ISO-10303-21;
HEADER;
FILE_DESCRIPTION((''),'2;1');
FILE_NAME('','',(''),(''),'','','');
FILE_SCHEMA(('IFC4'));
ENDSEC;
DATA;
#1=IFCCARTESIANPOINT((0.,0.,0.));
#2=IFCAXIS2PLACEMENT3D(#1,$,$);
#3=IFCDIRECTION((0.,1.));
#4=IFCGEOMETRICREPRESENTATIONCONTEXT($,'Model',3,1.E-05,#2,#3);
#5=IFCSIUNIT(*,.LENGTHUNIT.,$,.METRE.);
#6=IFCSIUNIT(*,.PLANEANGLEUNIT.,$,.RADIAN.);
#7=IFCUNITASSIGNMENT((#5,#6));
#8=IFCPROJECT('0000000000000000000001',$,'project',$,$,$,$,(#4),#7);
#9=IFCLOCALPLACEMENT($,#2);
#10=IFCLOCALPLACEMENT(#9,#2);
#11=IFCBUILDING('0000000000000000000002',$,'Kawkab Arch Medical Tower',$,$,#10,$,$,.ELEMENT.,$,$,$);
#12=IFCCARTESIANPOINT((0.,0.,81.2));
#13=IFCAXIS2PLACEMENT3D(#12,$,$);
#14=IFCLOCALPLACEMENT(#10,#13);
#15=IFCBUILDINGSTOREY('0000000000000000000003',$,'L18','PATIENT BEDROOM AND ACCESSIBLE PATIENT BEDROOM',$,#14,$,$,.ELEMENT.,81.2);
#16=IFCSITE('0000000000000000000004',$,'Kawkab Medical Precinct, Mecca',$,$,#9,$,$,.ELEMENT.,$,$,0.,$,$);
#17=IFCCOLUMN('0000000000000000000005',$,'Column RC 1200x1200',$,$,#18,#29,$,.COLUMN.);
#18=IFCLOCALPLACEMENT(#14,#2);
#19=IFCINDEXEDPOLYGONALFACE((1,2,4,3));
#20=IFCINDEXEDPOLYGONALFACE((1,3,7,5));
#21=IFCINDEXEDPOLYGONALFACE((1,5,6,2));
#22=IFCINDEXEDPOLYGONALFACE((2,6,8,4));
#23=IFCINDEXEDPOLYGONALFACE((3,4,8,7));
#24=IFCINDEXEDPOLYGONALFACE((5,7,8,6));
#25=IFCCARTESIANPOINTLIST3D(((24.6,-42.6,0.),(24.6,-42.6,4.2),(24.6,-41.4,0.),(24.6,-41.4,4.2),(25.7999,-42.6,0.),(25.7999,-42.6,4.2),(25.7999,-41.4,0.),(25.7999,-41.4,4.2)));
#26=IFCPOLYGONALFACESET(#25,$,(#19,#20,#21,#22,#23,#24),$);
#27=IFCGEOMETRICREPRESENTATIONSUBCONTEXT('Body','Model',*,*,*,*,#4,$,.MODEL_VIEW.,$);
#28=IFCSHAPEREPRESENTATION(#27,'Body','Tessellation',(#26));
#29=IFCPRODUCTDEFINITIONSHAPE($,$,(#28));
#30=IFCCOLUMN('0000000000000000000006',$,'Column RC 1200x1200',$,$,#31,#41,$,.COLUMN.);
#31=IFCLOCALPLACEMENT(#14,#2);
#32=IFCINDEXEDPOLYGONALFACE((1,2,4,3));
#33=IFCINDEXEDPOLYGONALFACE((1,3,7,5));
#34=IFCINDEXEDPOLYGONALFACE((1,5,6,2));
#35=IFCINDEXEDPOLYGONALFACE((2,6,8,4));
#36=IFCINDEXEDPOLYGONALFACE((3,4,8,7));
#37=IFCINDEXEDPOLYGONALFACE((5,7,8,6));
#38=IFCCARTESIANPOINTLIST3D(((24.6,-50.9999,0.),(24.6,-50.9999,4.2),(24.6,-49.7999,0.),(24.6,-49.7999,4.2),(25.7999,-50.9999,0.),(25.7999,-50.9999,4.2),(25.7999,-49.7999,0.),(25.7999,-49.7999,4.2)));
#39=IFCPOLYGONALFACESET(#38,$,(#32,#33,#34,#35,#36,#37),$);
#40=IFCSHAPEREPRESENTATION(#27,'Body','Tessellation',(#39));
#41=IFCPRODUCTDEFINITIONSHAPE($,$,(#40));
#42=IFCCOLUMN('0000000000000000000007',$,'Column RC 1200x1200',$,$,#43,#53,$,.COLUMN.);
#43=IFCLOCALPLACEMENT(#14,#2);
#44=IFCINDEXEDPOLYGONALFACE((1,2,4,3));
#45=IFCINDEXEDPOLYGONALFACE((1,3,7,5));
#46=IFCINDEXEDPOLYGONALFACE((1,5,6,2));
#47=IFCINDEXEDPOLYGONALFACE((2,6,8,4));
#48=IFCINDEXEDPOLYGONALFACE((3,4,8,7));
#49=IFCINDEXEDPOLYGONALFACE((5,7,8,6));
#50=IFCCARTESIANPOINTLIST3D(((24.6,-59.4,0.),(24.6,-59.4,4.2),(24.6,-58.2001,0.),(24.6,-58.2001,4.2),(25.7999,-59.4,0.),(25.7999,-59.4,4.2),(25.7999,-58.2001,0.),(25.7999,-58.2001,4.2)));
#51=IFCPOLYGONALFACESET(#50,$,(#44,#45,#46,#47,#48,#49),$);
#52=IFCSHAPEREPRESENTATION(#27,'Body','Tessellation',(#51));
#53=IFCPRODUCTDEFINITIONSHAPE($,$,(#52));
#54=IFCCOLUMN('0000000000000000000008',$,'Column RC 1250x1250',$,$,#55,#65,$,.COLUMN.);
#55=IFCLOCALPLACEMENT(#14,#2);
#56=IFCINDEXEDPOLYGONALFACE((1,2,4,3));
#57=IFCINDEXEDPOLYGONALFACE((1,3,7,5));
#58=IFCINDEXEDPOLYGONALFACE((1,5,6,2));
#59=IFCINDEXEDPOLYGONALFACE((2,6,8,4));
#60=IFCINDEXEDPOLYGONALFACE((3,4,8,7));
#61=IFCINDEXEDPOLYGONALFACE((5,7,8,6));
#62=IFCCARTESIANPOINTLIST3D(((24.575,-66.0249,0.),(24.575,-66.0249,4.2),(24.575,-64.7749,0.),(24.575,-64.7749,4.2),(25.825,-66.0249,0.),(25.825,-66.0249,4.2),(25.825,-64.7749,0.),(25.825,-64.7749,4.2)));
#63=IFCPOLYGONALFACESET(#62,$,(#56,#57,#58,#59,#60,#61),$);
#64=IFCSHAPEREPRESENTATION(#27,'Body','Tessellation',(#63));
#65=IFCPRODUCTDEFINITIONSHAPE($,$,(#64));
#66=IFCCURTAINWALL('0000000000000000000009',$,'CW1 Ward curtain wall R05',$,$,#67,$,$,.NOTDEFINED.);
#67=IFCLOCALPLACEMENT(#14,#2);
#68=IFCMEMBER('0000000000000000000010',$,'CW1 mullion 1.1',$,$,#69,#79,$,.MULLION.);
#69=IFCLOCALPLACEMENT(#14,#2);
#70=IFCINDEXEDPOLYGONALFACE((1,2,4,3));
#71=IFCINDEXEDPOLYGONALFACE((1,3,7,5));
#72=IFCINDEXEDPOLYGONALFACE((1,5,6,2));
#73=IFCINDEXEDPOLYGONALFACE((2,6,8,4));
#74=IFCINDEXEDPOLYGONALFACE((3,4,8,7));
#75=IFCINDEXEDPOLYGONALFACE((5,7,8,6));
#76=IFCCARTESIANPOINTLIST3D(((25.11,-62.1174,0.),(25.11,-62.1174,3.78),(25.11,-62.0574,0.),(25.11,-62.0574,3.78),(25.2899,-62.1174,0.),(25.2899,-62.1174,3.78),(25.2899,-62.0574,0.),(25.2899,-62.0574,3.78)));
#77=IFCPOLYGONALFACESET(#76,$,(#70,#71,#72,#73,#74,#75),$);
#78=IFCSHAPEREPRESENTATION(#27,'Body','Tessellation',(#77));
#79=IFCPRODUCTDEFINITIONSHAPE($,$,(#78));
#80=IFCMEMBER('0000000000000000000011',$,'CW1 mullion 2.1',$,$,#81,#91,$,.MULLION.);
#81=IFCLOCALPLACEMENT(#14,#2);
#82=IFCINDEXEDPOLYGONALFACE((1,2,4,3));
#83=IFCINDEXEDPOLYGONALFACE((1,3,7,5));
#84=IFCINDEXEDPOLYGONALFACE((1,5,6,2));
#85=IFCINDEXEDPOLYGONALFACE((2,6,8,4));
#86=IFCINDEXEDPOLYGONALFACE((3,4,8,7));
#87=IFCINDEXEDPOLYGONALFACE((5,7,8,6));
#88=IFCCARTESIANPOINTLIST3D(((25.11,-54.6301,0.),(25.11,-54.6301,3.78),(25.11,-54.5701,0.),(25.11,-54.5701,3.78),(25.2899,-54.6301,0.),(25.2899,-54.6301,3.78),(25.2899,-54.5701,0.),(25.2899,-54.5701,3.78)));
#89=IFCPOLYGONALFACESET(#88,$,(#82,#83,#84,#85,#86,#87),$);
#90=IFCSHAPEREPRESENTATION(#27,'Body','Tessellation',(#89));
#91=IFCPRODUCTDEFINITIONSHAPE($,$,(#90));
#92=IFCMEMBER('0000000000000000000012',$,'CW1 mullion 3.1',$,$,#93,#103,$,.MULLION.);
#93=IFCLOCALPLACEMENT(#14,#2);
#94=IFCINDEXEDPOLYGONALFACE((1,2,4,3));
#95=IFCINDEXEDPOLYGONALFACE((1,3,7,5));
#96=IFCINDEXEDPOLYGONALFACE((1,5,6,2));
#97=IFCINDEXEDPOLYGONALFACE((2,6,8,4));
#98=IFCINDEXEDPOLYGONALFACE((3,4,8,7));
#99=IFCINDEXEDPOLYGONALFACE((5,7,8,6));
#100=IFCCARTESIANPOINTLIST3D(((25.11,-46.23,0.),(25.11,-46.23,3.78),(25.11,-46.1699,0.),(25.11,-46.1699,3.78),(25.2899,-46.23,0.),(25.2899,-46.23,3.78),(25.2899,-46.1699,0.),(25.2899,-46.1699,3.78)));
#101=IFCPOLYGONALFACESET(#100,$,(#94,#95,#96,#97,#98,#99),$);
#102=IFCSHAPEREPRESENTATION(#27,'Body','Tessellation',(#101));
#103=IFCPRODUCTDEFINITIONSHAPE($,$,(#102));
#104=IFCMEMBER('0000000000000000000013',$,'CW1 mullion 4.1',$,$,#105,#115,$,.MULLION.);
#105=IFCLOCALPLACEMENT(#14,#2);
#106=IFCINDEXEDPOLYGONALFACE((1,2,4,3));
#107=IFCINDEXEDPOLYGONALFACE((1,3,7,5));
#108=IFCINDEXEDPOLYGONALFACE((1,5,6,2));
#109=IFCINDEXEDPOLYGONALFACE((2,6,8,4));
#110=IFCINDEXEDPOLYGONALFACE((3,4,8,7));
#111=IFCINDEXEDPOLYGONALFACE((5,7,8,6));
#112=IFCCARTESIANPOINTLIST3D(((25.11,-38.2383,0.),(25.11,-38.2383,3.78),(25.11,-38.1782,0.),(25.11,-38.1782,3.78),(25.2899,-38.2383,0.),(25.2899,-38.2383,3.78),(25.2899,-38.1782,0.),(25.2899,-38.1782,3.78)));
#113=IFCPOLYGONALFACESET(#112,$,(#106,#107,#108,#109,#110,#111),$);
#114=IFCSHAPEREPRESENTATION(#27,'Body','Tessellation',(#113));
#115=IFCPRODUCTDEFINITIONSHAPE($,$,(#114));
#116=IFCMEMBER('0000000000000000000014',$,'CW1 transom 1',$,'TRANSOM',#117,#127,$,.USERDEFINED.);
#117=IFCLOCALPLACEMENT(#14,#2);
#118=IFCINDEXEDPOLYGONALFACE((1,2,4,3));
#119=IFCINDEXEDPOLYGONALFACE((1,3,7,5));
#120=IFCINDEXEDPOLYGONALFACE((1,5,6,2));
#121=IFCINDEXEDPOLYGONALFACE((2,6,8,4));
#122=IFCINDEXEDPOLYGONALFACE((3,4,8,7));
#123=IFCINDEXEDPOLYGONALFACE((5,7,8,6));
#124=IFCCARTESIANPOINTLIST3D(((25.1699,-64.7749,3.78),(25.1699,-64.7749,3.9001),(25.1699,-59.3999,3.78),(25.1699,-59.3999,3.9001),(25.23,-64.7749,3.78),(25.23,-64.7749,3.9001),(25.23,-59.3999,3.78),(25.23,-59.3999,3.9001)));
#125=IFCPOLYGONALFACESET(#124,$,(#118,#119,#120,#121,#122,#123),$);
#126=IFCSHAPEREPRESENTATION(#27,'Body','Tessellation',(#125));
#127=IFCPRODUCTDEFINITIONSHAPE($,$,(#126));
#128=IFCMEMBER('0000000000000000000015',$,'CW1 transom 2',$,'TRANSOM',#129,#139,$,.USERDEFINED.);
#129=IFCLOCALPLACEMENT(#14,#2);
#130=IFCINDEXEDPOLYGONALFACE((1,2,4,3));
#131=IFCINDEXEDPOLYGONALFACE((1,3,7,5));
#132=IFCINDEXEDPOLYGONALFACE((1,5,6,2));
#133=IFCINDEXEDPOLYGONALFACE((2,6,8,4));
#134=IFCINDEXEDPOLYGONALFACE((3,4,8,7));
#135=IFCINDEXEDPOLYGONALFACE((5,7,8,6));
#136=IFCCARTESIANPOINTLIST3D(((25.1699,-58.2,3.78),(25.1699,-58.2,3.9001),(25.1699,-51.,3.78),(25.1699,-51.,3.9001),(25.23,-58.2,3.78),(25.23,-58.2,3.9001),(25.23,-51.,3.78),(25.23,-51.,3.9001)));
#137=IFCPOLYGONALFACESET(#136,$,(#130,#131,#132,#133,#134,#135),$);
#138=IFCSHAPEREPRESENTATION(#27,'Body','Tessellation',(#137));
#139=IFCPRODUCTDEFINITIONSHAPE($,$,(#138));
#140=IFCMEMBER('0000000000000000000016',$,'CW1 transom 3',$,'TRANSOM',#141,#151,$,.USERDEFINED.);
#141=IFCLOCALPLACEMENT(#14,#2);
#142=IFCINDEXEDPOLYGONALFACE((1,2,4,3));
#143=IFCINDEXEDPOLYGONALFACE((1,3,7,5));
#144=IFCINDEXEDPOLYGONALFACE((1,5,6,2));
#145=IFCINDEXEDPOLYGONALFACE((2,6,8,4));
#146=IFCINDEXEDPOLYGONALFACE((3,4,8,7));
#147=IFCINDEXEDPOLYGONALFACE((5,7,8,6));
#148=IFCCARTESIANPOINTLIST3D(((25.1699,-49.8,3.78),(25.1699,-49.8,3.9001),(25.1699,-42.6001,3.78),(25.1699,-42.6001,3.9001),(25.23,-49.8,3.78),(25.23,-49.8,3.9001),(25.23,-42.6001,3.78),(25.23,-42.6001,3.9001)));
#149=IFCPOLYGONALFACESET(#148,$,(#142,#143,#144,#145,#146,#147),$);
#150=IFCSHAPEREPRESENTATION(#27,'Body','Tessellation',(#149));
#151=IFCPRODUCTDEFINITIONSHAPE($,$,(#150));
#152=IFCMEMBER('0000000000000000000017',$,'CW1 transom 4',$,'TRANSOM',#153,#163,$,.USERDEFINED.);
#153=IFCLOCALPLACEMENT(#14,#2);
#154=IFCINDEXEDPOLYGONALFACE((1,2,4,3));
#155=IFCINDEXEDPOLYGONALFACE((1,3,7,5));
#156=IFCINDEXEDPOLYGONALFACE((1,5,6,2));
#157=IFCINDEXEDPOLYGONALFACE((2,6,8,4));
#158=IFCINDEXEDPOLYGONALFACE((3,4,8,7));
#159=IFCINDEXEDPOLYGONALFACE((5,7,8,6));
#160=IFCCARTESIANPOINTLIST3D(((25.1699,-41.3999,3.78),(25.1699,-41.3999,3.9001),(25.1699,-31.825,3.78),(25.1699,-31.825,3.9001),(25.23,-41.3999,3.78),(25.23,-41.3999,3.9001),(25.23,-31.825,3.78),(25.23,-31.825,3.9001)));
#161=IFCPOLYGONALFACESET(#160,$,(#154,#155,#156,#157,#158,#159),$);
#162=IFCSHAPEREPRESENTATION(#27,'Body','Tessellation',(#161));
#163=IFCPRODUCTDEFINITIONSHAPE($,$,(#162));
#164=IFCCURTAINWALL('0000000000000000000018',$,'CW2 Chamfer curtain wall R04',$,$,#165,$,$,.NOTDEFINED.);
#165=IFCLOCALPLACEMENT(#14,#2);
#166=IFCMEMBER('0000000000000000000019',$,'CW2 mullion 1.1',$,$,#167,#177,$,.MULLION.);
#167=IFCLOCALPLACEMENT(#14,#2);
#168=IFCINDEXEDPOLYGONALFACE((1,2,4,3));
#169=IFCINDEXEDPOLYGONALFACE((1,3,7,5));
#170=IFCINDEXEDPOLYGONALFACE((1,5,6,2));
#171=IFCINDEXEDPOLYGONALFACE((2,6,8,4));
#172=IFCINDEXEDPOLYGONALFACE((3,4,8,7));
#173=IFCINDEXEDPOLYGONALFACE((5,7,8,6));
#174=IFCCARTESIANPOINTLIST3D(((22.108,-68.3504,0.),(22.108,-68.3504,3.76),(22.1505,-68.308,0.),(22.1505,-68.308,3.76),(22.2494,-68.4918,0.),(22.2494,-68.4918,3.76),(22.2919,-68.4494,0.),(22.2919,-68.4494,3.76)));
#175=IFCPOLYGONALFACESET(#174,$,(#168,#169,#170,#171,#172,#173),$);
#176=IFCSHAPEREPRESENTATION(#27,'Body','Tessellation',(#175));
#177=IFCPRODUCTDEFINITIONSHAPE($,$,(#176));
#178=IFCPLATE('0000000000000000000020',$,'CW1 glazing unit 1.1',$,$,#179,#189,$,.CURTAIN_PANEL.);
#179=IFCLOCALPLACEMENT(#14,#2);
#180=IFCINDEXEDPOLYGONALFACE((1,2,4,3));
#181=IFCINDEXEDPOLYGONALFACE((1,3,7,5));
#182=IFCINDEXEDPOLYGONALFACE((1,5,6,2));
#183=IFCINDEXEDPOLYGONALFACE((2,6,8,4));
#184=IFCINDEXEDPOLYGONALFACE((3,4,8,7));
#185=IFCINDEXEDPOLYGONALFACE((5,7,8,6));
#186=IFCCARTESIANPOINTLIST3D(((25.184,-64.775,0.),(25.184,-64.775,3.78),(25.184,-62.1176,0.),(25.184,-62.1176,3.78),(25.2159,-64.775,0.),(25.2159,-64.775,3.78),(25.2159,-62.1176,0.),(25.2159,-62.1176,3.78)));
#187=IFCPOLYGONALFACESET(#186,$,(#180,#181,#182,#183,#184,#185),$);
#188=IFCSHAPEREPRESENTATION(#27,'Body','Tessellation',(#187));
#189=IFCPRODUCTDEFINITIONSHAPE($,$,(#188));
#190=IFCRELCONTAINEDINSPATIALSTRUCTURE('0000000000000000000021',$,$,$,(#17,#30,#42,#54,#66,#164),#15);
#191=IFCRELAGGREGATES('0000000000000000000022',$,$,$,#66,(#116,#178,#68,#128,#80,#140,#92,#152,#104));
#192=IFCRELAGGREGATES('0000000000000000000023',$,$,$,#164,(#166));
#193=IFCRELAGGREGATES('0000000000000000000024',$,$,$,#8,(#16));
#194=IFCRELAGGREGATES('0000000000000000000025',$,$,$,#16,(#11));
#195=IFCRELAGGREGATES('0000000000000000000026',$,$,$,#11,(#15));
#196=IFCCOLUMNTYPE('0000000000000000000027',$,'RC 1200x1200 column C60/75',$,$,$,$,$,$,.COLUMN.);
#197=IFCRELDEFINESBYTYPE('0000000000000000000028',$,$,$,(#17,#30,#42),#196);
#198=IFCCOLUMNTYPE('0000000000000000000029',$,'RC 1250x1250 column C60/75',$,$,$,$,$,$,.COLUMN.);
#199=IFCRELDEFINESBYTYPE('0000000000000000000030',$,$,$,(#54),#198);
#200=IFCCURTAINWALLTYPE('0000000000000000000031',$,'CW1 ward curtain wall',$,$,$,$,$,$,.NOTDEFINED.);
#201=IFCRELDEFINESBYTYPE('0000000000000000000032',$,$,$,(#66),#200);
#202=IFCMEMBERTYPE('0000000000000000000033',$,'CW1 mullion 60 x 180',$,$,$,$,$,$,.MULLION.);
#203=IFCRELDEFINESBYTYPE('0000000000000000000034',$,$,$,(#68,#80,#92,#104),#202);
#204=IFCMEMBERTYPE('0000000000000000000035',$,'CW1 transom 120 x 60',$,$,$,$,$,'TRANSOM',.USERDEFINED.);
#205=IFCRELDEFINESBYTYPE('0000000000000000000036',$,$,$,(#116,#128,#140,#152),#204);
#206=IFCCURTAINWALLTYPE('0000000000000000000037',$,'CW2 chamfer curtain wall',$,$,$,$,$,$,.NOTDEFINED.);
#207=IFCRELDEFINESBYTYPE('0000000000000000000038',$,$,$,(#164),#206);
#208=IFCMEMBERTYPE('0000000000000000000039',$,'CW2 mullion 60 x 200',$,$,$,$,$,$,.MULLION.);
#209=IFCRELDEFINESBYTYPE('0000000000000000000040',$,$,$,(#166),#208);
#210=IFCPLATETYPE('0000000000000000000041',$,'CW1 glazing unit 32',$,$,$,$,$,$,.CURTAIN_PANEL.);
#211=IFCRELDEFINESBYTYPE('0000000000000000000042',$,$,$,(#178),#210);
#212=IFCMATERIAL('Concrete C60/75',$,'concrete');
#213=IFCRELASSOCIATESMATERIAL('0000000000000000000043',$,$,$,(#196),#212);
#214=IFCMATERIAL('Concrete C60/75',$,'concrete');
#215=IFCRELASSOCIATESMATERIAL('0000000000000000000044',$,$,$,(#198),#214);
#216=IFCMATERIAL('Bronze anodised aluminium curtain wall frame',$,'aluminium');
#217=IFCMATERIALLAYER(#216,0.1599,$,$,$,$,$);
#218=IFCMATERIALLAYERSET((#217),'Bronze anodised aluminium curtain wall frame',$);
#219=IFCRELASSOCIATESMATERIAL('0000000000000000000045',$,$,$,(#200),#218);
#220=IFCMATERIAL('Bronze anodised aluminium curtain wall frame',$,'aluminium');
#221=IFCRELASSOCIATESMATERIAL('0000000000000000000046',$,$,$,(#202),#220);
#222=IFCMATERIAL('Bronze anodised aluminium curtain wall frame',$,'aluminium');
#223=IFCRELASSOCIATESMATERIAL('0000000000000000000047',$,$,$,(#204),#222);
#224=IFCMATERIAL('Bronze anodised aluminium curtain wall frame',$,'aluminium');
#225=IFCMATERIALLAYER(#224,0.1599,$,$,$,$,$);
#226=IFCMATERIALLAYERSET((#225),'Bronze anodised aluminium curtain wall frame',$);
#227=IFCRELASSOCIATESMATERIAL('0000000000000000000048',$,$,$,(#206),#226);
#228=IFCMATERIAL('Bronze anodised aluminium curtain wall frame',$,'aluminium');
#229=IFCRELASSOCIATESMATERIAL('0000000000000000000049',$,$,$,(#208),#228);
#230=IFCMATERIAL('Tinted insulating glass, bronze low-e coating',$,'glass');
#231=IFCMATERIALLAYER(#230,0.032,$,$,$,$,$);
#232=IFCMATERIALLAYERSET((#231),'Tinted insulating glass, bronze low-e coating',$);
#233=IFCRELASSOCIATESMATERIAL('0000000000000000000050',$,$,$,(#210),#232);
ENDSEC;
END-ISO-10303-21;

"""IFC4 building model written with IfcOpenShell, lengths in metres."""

from ifc_helpers import new_model, si_unit, direction, frame, origin, origin_2d, place, context, subcontext, project, spatial, rectangle, extrude, material, layer, layer_set, material_profile, profile_set, type_object, element, aggregate, save


model = new_model("IFC4")

# Units and contexts
model_context = context("Model", 3, precision=1e-05, world=origin(), true_north=direction((0.0, 1.0)))
body_context = subcontext(model_context, "Body", "Model", "MODEL_VIEW")
ifc_project = project(units=[si_unit("LENGTHUNIT", "METRE"), si_unit("PLANEANGLEUNIT", "RADIAN")], contexts=[model_context])

# Site, building, storey
site_placement = place(None, origin())
site = spatial("IfcSite", under=ifc_project, at=site_placement, Name="Kawkab Medical Precinct, Mecca", CompositionType="ELEMENT", RefElevation=0.0)
building_placement = place(site_placement, origin())
building = spatial("IfcBuilding", under=site, at=building_placement, Name="Kawkab Arch Medical Tower", CompositionType="ELEMENT")
storey_placement = place(building_placement, frame((0.0, 0.0, 81.2)))
storey = spatial("IfcBuildingStorey", under=building, at=storey_placement, Name="L18", Description="PATIENT BEDROOM AND ACCESSIBLE PATIENT BEDROOM", CompositionType="ELEMENT", Elevation=81.2)

# Columns
ifc_material_1 = material(Name="Concrete C60/75", Category="concrete")
ifc_material_profile_1 = material_profile(ifc_material_1, rectangle(XDim=1.2, YDim=1.2, at=origin_2d()), Name="RC 1200x1200")
ifc_profile_set_1 = profile_set([ifc_material_profile_1], Name="Concrete C60/75")
column_type_1 = type_object("IfcColumnType", Name="RC 1200x1200 column C60/75", PredefinedType="COLUMN", material=ifc_profile_set_1)
for number, where, z_axis, x_axis, name in (
    (1, (25.2, -42.0, 0.0), (0.0, 0.0, 1.0), (1.0, 0.0, 0.0), "Column RC 1200x1200"),
    (2, (25.2, -50.3999, 0.0), (0.0, 0.0, 1.0), (1.0, 0.0, 0.0), "Column RC 1200x1200"),
    (3, (25.2, -58.8, 0.0), (0.0, 0.0, 1.0), (1.0, 0.0, 0.0), "Column RC 1200x1200"),
):
    element("IfcColumn", number, at=place(storey_placement, frame(where, z_axis=z_axis, x_axis=x_axis)), inside=storey, type_object=column_type_1, Name=name, PredefinedType="COLUMN", context=body_context, shape_type="SweptSolid", body=[
        extrude(rectangle(XDim=1.2, YDim=1.2, at=origin_2d()), origin(), (0.0, 0.0, 1.0), 4.2),
    ])
ifc_material_2 = material(Name="Concrete C60/75", Category="concrete")
ifc_material_profile_2 = material_profile(ifc_material_2, rectangle(XDim=1.25, YDim=1.25, at=origin_2d()), Name="RC 1250x1250")
ifc_profile_set_2 = profile_set([ifc_material_profile_2], Name="Concrete C60/75")
column_type_2 = type_object("IfcColumnType", Name="RC 1250x1250 column C60/75", PredefinedType="COLUMN", material=ifc_profile_set_2)
column_placement = place(storey_placement, frame((25.2, -65.3999, 0.0), z_axis=(0.0, 0.0, 1.0), x_axis=(1.0, 0.0, 0.0)))
element("IfcColumn", 4, at=column_placement, inside=storey, type_object=column_type_2, Name="Column RC 1250x1250", PredefinedType="COLUMN", context=body_context, shape_type="SweptSolid", body=[
    extrude(rectangle(XDim=1.25, YDim=1.25, at=origin_2d()), origin(), (0.0, 0.0, 1.0), 4.2),
])

# Curtain wall, members
ifc_material_3 = material(Name="Bronze anodised aluminium curtain wall frame", Category="aluminium")
ifc_layer_1 = layer(ifc_material_3, 0.1599)
ifc_layer_set_1 = layer_set([ifc_layer_1], Name="Bronze anodised aluminium curtain wall frame")
curtain_wall_type_1 = type_object("IfcCurtainWallType", Name="CW1 ward curtain wall", PredefinedType="NOTDEFINED", material=ifc_layer_set_1)
placement = place(storey_placement, origin())
curtain_wall_1 = element("IfcCurtainWall", 5, at=placement, inside=storey, type_object=curtain_wall_type_1, Name="CW1 Ward curtain wall R05", PredefinedType="NOTDEFINED")
ifc_material_4 = material(Name="Bronze anodised aluminium curtain wall frame", Category="aluminium")
ifc_material_profile_3 = material_profile(ifc_material_4, rectangle(XDim=0.1799, YDim=0.0601, at=origin_2d()), Name="AL 60x180")
ifc_profile_set_3 = profile_set([ifc_material_profile_3], Name="Bronze anodised aluminium curtain wall frame")
member_type_1 = type_object("IfcMemberType", Name="CW1 mullion 60 x 180", PredefinedType="MULLION", material=ifc_profile_set_3)
member_1_placement = place(storey_placement, frame((25.2, -62.0874, 0.0), z_axis=(0.0, 0.0, 1.0), x_axis=(-1.0, 0.0, 0.0)))
member_1 = element("IfcMember", 6, at=member_1_placement, type_object=member_type_1, Name="CW1 mullion 1.1", PredefinedType="MULLION", context=body_context, shape_type="SweptSolid", body=[
    extrude(rectangle(XDim=0.1799, YDim=0.0601, at=origin_2d()), origin(), (0.0, 0.0, 1.0), 3.78),
])
member_2_placement = place(storey_placement, frame((25.2, -54.6001, 0.0), z_axis=(0.0, 0.0, 1.0), x_axis=(-1.0, 0.0, 0.0)))
member_2 = element("IfcMember", 7, at=member_2_placement, type_object=member_type_1, Name="CW1 mullion 2.1", PredefinedType="MULLION", context=body_context, shape_type="SweptSolid", body=[
    extrude(rectangle(XDim=0.1799, YDim=0.0601, at=origin_2d()), origin(), (0.0, 0.0, 1.0), 3.78),
])
member_3_placement = place(storey_placement, frame((25.2, -46.2, 0.0), z_axis=(0.0, 0.0, 1.0), x_axis=(-1.0, 0.0, 0.0)))
member_3 = element("IfcMember", 8, at=member_3_placement, type_object=member_type_1, Name="CW1 mullion 3.1", PredefinedType="MULLION", context=body_context, shape_type="SweptSolid", body=[
    extrude(rectangle(XDim=0.1799, YDim=0.0601, at=origin_2d()), origin(), (0.0, 0.0, 1.0), 3.78),
])
member_4_placement = place(storey_placement, frame((25.2, -38.2083, 0.0), z_axis=(0.0, 0.0, 1.0), x_axis=(-1.0, 0.0, 0.0)))
member_4 = element("IfcMember", 9, at=member_4_placement, type_object=member_type_1, Name="CW1 mullion 4.1", PredefinedType="MULLION", context=body_context, shape_type="SweptSolid", body=[
    extrude(rectangle(XDim=0.1799, YDim=0.0601, at=origin_2d()), origin(), (0.0, 0.0, 1.0), 3.78),
])
ifc_material_5 = material(Name="Bronze anodised aluminium curtain wall frame", Category="aluminium")
ifc_material_profile_4 = material_profile(ifc_material_5, rectangle(XDim=0.0601, YDim=0.1201, at=origin_2d()), Name="AL 60x120")
ifc_profile_set_4 = profile_set([ifc_material_profile_4], Name="Bronze anodised aluminium curtain wall frame")
member_type_2 = type_object("IfcMemberType", Name="CW1 transom 120 x 60", ElementType="TRANSOM", PredefinedType="USERDEFINED", material=ifc_profile_set_4)
member_5_placement = place(storey_placement, frame((25.2, -64.7749, 3.8401), z_axis=(0.0, 1.0, 0.0), x_axis=(-1.0, 0.0, 0.0)))
member_5 = element("IfcMember", 10, at=member_5_placement, type_object=member_type_2, Name="CW1 transom 1", ObjectType="TRANSOM", PredefinedType="USERDEFINED", context=body_context, shape_type="SweptSolid", body=[
    extrude(rectangle(XDim=0.0601, YDim=0.1201, at=origin_2d()), origin(), (0.0, 0.0, 1.0), 5.375),
])
member_6_placement = place(storey_placement, frame((25.2, -58.2, 3.8401), z_axis=(0.0, 1.0, 0.0), x_axis=(-1.0, 0.0, 0.0)))
member_6 = element("IfcMember", 11, at=member_6_placement, type_object=member_type_2, Name="CW1 transom 2", ObjectType="TRANSOM", PredefinedType="USERDEFINED", context=body_context, shape_type="SweptSolid", body=[
    extrude(rectangle(XDim=0.0601, YDim=0.1201, at=origin_2d()), origin(), (0.0, 0.0, 1.0), 7.2),
])
member_7_placement = place(storey_placement, frame((25.2, -49.8, 3.8401), z_axis=(0.0, 1.0, 0.0), x_axis=(-1.0, 0.0, 0.0)))
member_7 = element("IfcMember", 12, at=member_7_placement, type_object=member_type_2, Name="CW1 transom 3", ObjectType="TRANSOM", PredefinedType="USERDEFINED", context=body_context, shape_type="SweptSolid", body=[
    extrude(rectangle(XDim=0.0601, YDim=0.1201, at=origin_2d()), origin(), (0.0, 0.0, 1.0), 7.2),
])
member_8_placement = place(storey_placement, frame((25.2, -41.3999, 3.8401), z_axis=(0.0, 1.0, 0.0), x_axis=(-1.0, 0.0, 0.0)))
member_8 = element("IfcMember", 13, at=member_8_placement, type_object=member_type_2, Name="CW1 transom 4", ObjectType="TRANSOM", PredefinedType="USERDEFINED", context=body_context, shape_type="SweptSolid", body=[
    extrude(rectangle(XDim=0.0601, YDim=0.1201, at=origin_2d()), origin(), (0.0, 0.0, 1.0), 9.575),
])

# Curtain wall, member
ifc_material_6 = material(Name="Bronze anodised aluminium curtain wall frame", Category="aluminium")
ifc_layer_2 = layer(ifc_material_6, 0.1599)
ifc_layer_set_2 = layer_set([ifc_layer_2], Name="Bronze anodised aluminium curtain wall frame")
curtain_wall_type_2 = type_object("IfcCurtainWallType", Name="CW2 chamfer curtain wall", PredefinedType="NOTDEFINED", material=ifc_layer_set_2)
curtain_wall_2 = element("IfcCurtainWall", 14, at=placement, inside=storey, type_object=curtain_wall_type_2, Name="CW2 Chamfer curtain wall R04", PredefinedType="NOTDEFINED")
ifc_material_7 = material(Name="Bronze anodised aluminium curtain wall frame", Category="aluminium")
ifc_material_profile_5 = material_profile(ifc_material_7, rectangle(XDim=0.2, YDim=0.0601, at=origin_2d()), Name="AL 60x200")
ifc_profile_set_5 = profile_set([ifc_material_profile_5], Name="Bronze anodised aluminium curtain wall frame")
member_type_3 = type_object("IfcMemberType", Name="CW2 mullion 60 x 200", PredefinedType="MULLION", material=ifc_profile_set_5)
member_9_placement = place(storey_placement, frame((22.2, -68.3999, 0.0), z_axis=(0.0, 0.0, 1.0), x_axis=(-0.707107, 0.707107, 0.0)))
member_9 = element("IfcMember", 15, at=member_9_placement, type_object=member_type_3, Name="CW2 mullion 1.1", PredefinedType="MULLION", context=body_context, shape_type="SweptSolid", body=[
    extrude(rectangle(XDim=0.2, YDim=0.0601, at=origin_2d()), origin(), (0.0, 0.0, 1.0), 3.76),
])

# Plate
ifc_material_8 = material(Name="Tinted insulating glass, bronze low-e coating", Category="glass")
ifc_layer_3 = layer(ifc_material_8, 0.032)
ifc_layer_set_3 = layer_set([ifc_layer_3], Name="Tinted insulating glass, bronze low-e coating")
plate_type_1 = type_object("IfcPlateType", Name="CW1 glazing unit 32", PredefinedType="CURTAIN_PANEL", material=ifc_layer_set_3)
plate_1_placement = place(storey_placement, frame((25.2, -63.4463, 0.0), z_axis=(0.0, 0.0, 1.0), x_axis=(0.0, 1.0, 0.0)))
plate_1 = element("IfcPlate", 16, at=plate_1_placement, type_object=plate_type_1, Name="CW1 glazing unit 1.1", PredefinedType="CURTAIN_PANEL", context=body_context, shape_type="SweptSolid", body=[
    extrude(rectangle(XDim=2.6575, YDim=0.032, at=origin_2d()), origin(), (0.0, 0.0, 1.0), 3.78),
])
aggregate(curtain_wall_1, [member_5, plate_1, member_1, member_6, member_2, member_7, member_3, member_8, member_4])
aggregate(curtain_wall_2, [member_9])

save(model, "model.ifc")
